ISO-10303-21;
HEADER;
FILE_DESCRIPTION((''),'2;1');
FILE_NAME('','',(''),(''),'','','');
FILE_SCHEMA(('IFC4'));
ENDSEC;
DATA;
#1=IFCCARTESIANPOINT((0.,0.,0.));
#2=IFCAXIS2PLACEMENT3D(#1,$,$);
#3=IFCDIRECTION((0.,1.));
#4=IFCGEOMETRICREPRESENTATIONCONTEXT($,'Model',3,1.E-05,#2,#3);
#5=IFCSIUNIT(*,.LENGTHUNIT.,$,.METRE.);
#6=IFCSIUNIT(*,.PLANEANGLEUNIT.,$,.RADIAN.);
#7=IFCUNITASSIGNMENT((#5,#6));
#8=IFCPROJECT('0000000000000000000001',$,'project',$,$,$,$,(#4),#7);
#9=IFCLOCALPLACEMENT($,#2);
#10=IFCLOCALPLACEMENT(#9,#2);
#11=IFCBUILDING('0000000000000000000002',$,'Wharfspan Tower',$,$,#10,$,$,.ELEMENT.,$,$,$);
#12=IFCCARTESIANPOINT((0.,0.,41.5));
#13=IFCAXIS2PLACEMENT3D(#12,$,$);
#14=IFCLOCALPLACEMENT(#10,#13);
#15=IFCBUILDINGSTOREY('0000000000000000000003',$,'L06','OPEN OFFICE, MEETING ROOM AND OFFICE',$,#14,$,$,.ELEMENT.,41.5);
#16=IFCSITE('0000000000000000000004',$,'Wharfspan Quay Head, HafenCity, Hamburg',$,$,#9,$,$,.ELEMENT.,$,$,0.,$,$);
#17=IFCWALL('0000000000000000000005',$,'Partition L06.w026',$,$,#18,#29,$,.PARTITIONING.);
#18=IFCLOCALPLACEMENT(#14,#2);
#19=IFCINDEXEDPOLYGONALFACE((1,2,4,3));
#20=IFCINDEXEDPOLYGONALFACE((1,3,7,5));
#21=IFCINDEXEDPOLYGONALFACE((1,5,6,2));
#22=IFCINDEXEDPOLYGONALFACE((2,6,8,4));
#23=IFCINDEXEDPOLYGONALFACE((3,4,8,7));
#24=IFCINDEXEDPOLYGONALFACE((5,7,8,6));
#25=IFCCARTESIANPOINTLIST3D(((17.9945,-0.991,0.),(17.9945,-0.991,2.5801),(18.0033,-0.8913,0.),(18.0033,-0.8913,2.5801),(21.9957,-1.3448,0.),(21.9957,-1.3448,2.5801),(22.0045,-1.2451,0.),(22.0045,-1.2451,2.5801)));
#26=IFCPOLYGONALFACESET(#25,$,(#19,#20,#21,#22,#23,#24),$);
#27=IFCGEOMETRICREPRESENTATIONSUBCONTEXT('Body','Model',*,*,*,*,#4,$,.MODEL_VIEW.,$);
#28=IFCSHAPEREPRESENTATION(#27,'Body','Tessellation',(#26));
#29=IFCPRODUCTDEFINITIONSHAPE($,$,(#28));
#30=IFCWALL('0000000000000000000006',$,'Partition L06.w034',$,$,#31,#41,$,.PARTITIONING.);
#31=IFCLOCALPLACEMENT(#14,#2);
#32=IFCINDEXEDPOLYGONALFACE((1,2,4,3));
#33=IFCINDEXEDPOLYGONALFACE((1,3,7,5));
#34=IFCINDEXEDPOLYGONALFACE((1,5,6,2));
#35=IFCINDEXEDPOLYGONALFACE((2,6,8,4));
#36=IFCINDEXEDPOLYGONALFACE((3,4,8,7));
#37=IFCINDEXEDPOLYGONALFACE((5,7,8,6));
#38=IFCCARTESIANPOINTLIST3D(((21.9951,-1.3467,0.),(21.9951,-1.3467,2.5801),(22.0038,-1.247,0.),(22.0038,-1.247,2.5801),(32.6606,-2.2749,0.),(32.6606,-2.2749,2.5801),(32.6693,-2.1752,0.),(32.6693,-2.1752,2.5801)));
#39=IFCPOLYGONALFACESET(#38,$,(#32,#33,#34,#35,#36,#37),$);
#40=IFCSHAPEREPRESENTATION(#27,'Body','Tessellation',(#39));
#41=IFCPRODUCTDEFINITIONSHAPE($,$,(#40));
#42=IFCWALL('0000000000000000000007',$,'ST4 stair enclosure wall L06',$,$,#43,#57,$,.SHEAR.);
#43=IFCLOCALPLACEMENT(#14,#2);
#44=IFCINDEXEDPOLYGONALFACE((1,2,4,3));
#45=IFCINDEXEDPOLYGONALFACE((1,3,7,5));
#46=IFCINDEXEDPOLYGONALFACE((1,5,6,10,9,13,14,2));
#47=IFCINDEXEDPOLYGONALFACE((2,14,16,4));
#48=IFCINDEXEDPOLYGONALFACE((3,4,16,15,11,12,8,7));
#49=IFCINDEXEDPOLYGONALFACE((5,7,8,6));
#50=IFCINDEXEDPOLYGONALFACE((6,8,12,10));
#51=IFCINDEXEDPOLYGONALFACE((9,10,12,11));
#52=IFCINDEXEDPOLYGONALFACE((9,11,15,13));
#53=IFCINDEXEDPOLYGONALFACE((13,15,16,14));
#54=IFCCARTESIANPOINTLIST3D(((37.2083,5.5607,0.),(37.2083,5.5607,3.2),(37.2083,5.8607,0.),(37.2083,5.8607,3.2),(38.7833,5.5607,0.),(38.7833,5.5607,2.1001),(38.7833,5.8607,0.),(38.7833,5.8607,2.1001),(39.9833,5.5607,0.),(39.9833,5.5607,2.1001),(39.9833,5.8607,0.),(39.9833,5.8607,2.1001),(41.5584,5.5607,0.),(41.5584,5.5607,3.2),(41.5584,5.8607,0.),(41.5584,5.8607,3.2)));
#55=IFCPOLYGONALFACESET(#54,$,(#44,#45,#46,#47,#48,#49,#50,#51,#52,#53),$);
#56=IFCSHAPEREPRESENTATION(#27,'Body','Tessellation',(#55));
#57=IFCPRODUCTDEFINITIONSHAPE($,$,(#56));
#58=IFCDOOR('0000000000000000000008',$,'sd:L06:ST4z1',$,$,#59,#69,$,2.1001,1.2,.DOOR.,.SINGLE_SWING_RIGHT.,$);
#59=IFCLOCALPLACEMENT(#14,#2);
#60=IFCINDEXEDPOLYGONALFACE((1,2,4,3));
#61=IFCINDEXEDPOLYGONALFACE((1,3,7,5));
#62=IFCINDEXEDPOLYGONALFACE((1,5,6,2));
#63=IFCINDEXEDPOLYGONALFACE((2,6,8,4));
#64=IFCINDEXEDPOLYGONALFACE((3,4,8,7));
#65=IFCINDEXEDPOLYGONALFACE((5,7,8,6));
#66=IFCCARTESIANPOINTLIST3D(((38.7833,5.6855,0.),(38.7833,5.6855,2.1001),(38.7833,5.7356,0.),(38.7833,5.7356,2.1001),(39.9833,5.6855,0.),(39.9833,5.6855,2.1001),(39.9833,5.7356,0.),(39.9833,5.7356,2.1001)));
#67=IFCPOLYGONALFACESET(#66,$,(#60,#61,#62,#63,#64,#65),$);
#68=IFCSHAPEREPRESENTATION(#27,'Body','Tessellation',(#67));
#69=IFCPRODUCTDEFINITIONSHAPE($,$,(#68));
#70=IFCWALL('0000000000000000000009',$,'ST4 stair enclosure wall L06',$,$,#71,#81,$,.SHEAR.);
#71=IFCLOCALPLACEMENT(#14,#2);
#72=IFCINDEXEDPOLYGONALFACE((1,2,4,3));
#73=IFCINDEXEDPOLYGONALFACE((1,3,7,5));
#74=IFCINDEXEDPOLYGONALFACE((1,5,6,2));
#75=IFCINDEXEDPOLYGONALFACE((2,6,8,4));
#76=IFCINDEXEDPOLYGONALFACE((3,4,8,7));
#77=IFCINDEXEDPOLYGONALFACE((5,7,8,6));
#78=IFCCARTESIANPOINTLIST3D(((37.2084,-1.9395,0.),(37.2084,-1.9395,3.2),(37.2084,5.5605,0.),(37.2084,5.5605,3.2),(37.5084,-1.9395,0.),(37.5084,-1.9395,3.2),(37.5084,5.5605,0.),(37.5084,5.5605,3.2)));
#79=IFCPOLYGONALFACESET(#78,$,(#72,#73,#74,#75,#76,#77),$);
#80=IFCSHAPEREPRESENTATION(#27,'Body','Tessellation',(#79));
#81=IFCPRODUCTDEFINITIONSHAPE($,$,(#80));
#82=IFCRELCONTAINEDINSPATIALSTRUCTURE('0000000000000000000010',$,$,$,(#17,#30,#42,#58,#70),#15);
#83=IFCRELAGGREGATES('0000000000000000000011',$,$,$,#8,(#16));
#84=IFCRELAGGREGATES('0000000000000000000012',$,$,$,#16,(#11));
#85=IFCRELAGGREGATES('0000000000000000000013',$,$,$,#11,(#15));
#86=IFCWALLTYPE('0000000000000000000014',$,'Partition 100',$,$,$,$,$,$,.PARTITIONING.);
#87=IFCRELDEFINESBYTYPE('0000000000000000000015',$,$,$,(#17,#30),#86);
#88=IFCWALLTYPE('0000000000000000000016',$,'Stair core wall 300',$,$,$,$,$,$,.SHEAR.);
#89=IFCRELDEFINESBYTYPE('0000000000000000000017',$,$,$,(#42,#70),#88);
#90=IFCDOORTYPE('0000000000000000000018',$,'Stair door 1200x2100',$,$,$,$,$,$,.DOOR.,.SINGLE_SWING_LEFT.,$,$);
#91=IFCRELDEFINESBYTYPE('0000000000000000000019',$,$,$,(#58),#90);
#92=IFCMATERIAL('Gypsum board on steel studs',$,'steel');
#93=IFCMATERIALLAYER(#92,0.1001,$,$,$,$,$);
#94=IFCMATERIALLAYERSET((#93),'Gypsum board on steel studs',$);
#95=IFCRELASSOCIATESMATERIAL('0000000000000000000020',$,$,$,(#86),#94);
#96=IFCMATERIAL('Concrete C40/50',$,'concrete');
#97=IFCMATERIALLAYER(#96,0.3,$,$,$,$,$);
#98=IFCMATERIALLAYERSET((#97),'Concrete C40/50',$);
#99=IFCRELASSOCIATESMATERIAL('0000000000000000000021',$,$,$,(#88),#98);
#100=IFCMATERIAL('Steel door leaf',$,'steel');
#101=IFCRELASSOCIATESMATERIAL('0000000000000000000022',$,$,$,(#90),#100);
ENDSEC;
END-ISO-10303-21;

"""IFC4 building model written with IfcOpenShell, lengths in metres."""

from ifc_helpers import new_model, si_unit, direction, frame, frame_2d, origin, place, context, subcontext, project, spatial, rectangle, extrude, material, layer, layer_set, type_object, element, fill, save


model = new_model("IFC4")

# Units and contexts
model_context = context("Model", 3, precision=1e-05, world=origin(), true_north=direction((0.0, 1.0)))
body_context = subcontext(model_context, "Body", "Model", "MODEL_VIEW")
ifc_project = project(units=[si_unit("LENGTHUNIT", "METRE"), si_unit("PLANEANGLEUNIT", "RADIAN")], contexts=[model_context])

# Site, building, storey
site_placement = place(None, origin())
site = spatial("IfcSite", under=ifc_project, at=site_placement, Name="Wharfspan Quay Head, HafenCity, Hamburg", CompositionType="ELEMENT", RefElevation=0.0)
building_placement = place(site_placement, origin())
building = spatial("IfcBuilding", under=site, at=building_placement, Name="Wharfspan Tower", CompositionType="ELEMENT")
storey_placement = place(building_placement, frame((0.0, 0.0, 41.5)))
storey = spatial("IfcBuildingStorey", under=building, at=storey_placement, Name="L06", Description="OPEN OFFICE, MEETING ROOM AND OFFICE", CompositionType="ELEMENT", Elevation=41.5)

# Walls
ifc_material_1 = material(Name="Gypsum board on steel studs", Category="steel")
ifc_layer_1 = layer(ifc_material_1, 0.1001)
ifc_layer_set_1 = layer_set([ifc_layer_1], Name="Gypsum board on steel studs")
wall_type_1 = type_object("IfcWallType", Name="Partition 100", PredefinedType="PARTITIONING", material=ifc_layer_set_1)
wall_1_placement = place(storey_placement, frame((22.0, -1.2949, 0.0), z_axis=(0.0, 0.0, 1.0), x_axis=(-0.99611, 0.088069, 0.0)))
element("IfcWall", 1, at=wall_1_placement, inside=storey, type_object=wall_type_1, Name="Partition L06.w026", PredefinedType="PARTITIONING", context=body_context, shape_type="SweptSolid", body=[
    extrude(rectangle(XDim=4.0168, YDim=0.1001, at=frame_2d((2.0083, 0.0))), origin(), (0.0, 0.0, 1.0), 2.5801),
])
wall_2_placement = place(storey_placement, frame((32.665, -2.2251, 0.0), z_axis=(0.0, 0.0, 1.0), x_axis=(-0.99623, 0.086702, 0.0)))
element("IfcWall", 2, at=wall_2_placement, inside=storey, type_object=wall_type_1, Name="Partition L06.w034", PredefinedType="PARTITIONING", context=body_context, shape_type="SweptSolid", body=[
    extrude(rectangle(XDim=10.7058, YDim=0.1001, at=frame_2d((5.353, 0.0))), origin(), (0.0, 0.0, 1.0), 2.5801),
])

# Wall, opening, door
ifc_material_2 = material(Name="Concrete C40/50", Category="concrete")
ifc_layer_2 = layer(ifc_material_2, 0.3)
ifc_layer_set_2 = layer_set([ifc_layer_2], Name="Concrete C40/50")
wall_type_2 = type_object("IfcWallType", Name="Stair core wall 300", PredefinedType="SHEAR", material=ifc_layer_set_2)
wall_3_placement = place(storey_placement, frame((37.2083, 5.7107, 0.0), z_axis=(0.0, 0.0, 1.0), x_axis=(1.0, 0.0, 0.0)))
wall_3 = element("IfcWall", 3, at=wall_3_placement, inside=storey, type_object=wall_type_2, Name="ST4 stair enclosure wall L06", PredefinedType="SHEAR", context=body_context, shape_type="SweptSolid", body=[
    extrude(rectangle(XDim=4.3501, YDim=0.3, at=frame_2d((2.175, 0.0))), origin(), (0.0, 0.0, 1.0), 3.2),
])
opening_placement = place(wall_3_placement, frame((1.575, 0.0, 0.0)))
opening = element("IfcOpeningElement", 4, at=opening_placement, cuts=wall_3, PredefinedType="OPENING", context=body_context, shape_type="SweptSolid", body=[
    extrude(rectangle(XDim=1.2, YDim=2.1001, at=frame_2d((0.6001, 1.05))), frame((0.0, 0.1599, 0.0), z_axis=(0.0, -1.0, 0.0), x_axis=(1.0, 0.0, 0.0)), (0.0, 0.0, 1.0), 0.3201),
])
ifc_material_3 = material(Name="Steel door leaf", Category="steel")
door_type = type_object("IfcDoorType", Name="Stair door 1200x2100", OperationType="SINGLE_SWING_LEFT", PredefinedType="DOOR", material=ifc_material_3)
door_placement = place(opening_placement, origin())
door = element("IfcDoor", 5, at=door_placement, inside=storey, type_object=door_type, Name="sd:L06:ST4z1", OperationType="SINGLE_SWING_RIGHT", OverallHeight=2.1001, OverallWidth=1.2, PredefinedType="DOOR", context=body_context, shape_type="SweptSolid", body=[
    extrude(rectangle(XDim=1.2, YDim=2.1001, at=frame_2d((0.6001, 1.05))), frame((0.0, 0.0249, 0.0), z_axis=(0.0, -1.0, 0.0), x_axis=(1.0, 0.0, 0.0)), (0.0, 0.0, 1.0), 0.05),
])
fill(opening, door)

# Wall
wall_4_placement = place(storey_placement, frame((37.3584, -1.9395, 0.0), z_axis=(0.0, 0.0, 1.0), x_axis=(0.0, 1.0, 0.0)))
element("IfcWall", 6, at=wall_4_placement, inside=storey, type_object=wall_type_2, Name="ST4 stair enclosure wall L06", PredefinedType="SHEAR", context=body_context, shape_type="SweptSolid", body=[
    extrude(rectangle(XDim=7.5, YDim=0.3, at=frame_2d((3.75, 0.0))), origin(), (0.0, 0.0, 1.0), 3.2),
])

save(model, "model.ifc")
